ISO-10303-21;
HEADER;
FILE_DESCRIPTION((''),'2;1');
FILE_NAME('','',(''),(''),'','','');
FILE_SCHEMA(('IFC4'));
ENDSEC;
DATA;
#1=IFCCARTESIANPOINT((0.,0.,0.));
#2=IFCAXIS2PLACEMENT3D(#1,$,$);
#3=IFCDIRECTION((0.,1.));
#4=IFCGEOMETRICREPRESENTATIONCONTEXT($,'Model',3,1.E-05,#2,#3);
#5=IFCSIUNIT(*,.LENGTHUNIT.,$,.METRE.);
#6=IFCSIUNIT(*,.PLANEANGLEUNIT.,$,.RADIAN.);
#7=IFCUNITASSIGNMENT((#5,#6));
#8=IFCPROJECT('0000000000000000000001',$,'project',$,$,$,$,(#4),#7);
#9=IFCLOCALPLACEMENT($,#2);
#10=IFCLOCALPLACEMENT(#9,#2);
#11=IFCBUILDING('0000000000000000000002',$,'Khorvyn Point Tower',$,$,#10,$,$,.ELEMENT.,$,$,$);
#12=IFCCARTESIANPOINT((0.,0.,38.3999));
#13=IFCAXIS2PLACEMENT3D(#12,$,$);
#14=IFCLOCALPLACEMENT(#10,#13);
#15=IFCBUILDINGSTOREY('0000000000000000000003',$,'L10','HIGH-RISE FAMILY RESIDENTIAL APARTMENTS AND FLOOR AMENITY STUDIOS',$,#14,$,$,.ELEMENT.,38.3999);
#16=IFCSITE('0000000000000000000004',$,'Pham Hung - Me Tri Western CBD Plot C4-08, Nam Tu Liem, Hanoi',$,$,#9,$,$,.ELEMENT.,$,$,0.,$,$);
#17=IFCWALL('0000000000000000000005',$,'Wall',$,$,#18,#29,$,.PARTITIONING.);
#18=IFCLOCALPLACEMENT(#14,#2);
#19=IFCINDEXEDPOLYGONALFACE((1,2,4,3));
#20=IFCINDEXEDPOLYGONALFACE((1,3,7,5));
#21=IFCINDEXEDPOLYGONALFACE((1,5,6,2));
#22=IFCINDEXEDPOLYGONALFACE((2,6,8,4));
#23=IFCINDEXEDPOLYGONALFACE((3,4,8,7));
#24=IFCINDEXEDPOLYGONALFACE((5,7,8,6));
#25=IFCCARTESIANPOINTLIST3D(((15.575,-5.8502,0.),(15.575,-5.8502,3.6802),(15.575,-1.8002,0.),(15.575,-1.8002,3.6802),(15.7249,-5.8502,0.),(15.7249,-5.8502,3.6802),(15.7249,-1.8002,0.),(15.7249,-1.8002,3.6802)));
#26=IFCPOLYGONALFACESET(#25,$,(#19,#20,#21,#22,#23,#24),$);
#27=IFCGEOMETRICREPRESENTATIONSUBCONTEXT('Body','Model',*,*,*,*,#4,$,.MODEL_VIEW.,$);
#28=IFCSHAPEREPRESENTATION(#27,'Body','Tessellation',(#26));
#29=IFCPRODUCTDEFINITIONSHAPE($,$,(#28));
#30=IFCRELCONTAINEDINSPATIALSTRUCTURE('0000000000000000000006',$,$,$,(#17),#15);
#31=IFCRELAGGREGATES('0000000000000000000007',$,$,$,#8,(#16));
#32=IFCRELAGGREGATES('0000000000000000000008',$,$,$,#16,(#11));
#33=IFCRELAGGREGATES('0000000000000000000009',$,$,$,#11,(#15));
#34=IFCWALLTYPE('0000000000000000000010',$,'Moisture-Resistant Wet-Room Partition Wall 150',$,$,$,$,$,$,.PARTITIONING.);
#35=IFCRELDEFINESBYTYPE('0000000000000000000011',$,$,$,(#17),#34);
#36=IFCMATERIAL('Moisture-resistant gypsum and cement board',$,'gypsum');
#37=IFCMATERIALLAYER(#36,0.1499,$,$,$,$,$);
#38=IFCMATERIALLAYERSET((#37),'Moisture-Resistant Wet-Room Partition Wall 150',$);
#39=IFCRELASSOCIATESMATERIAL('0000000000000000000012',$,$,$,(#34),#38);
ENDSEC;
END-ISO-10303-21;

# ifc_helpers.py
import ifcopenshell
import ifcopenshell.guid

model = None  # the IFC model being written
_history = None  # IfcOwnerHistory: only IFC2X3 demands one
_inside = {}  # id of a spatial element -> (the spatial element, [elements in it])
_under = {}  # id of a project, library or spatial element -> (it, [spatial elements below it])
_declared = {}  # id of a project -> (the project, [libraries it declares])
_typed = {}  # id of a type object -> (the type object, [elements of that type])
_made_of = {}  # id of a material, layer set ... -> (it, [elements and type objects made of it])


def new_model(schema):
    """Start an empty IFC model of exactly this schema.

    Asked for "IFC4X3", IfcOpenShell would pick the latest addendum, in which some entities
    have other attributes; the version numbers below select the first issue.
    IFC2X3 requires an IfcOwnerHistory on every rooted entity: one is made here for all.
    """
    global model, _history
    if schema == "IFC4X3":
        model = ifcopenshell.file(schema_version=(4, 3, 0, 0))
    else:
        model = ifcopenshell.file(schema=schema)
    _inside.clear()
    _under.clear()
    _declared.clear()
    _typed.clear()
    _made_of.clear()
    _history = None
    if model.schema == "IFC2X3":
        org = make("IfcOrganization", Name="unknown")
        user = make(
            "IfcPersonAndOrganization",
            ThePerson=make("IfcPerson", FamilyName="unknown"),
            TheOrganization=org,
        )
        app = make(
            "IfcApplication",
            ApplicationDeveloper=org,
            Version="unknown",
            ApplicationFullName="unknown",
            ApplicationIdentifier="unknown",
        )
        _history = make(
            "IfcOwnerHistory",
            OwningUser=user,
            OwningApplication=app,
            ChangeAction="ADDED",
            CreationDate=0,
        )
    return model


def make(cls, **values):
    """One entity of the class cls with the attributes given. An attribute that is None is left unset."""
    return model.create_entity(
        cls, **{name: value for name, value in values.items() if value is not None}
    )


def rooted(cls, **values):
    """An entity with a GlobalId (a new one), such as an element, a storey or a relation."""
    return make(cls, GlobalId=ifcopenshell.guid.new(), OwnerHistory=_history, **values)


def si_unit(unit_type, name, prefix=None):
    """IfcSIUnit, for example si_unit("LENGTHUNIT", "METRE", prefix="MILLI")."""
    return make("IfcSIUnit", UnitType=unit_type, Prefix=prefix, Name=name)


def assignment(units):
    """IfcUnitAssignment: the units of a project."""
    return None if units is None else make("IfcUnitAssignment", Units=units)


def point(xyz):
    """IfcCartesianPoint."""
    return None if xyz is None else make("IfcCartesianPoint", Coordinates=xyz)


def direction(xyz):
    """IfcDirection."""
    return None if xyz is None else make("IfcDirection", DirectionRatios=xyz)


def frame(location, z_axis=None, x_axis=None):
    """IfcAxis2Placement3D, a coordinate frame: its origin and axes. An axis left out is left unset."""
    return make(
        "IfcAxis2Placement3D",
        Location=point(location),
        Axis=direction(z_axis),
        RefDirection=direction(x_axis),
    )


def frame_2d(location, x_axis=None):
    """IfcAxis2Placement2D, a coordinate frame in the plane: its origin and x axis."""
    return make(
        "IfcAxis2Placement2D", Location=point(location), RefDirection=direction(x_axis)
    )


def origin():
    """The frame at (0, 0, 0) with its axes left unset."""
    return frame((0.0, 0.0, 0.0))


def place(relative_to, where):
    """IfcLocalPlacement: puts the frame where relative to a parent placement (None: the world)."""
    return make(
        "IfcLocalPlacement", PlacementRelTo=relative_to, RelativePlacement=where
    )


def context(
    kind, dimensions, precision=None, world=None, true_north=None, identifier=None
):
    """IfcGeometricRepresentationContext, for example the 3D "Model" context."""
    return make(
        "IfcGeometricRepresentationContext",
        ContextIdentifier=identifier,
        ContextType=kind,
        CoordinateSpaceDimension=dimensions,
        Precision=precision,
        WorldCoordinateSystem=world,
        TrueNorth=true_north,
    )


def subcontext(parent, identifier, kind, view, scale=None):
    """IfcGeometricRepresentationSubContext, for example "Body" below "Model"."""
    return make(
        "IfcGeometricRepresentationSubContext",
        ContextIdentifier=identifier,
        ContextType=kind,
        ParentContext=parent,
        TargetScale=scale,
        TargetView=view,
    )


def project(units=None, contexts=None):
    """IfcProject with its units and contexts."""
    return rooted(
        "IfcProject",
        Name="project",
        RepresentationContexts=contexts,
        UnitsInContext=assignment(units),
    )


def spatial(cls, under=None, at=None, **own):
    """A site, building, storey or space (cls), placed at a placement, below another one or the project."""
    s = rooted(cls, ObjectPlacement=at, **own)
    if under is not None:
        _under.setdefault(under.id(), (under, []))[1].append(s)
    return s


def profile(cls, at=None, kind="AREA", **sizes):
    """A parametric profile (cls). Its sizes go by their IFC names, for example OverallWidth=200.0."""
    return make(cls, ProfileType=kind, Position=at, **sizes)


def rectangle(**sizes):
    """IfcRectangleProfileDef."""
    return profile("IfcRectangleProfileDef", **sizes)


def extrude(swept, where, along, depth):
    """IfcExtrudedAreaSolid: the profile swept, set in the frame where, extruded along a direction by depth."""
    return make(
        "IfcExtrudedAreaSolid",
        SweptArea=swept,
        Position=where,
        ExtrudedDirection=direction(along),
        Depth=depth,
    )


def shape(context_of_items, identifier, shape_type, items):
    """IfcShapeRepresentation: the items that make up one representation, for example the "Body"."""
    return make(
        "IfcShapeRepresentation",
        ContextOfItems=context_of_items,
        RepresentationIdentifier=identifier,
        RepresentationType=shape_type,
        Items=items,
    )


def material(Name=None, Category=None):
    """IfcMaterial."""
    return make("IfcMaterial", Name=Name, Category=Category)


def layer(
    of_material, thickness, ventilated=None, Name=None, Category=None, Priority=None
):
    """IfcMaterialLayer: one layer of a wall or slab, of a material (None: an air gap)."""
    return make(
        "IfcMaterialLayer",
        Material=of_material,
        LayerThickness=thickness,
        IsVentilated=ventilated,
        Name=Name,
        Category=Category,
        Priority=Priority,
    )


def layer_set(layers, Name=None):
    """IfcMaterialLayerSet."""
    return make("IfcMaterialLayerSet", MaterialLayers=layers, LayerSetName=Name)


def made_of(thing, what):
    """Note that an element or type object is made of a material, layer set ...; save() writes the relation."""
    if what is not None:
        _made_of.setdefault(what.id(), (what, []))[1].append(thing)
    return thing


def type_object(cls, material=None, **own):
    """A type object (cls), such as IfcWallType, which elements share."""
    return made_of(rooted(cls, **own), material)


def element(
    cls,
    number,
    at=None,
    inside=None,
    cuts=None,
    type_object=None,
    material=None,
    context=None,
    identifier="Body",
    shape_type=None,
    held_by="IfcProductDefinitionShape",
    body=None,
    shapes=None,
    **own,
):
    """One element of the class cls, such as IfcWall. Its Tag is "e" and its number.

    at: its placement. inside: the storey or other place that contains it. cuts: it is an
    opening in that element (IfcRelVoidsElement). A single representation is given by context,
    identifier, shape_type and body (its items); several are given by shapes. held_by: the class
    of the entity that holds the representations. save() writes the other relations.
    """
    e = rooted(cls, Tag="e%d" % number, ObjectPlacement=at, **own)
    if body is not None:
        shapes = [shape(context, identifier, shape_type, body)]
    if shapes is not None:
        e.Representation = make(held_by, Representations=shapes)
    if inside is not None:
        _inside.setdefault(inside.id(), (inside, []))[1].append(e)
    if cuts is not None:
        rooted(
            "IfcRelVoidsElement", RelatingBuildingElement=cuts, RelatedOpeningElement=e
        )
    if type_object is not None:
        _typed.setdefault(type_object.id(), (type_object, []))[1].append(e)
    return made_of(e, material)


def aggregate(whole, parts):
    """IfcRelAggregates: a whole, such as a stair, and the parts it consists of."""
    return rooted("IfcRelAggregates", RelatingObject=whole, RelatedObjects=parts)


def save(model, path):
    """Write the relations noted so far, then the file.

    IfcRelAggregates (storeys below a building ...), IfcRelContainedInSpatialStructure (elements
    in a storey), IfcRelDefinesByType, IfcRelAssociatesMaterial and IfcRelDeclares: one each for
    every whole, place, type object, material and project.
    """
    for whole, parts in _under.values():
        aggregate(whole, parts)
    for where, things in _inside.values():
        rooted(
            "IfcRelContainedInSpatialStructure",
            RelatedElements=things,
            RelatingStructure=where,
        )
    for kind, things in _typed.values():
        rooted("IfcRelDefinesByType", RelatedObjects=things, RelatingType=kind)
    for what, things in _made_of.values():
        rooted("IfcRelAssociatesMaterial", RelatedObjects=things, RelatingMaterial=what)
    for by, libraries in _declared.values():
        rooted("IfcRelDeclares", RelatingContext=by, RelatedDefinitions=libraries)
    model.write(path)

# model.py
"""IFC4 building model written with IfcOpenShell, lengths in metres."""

from ifc_helpers import new_model, si_unit, direction, frame, frame_2d, origin, place, context, subcontext, project, spatial, rectangle, extrude, material, layer, layer_set, type_object, element, save


model = new_model("IFC4")

# Units and contexts
model_context = context("Model", 3, precision=1e-05, world=origin(), true_north=direction((0.0, 1.0)))
body_context = subcontext(model_context, "Body", "Model", "MODEL_VIEW")
ifc_project = project(units=[si_unit("LENGTHUNIT", "METRE"), si_unit("PLANEANGLEUNIT", "RADIAN")], contexts=[model_context])

# Site, building, storey
site_placement = place(None, origin())
site = spatial("IfcSite", under=ifc_project, at=site_placement, Name="Pham Hung - Me Tri Western CBD Plot C4-08, Nam Tu Liem, Hanoi", CompositionType="ELEMENT", RefElevation=0.0)
building_placement = place(site_placement, origin())
building = spatial("IfcBuilding", under=site, at=building_placement, Name="Khorvyn Point Tower", CompositionType="ELEMENT")
storey_placement = place(building_placement, frame((0.0, 0.0, 38.3999)))
storey = spatial("IfcBuildingStorey", under=building, at=storey_placement, Name="L10", Description="HIGH-RISE FAMILY RESIDENTIAL APARTMENTS AND FLOOR AMENITY STUDIOS", CompositionType="ELEMENT", Elevation=38.3999)

# Shared definitions
ifc_material_1 = material(Name="Moisture-resistant gypsum and cement board", Category="gypsum")
ifc_layer_1 = layer(ifc_material_1, 0.1499)
ifc_layer_set_1 = layer_set([ifc_layer_1], Name="Moisture-Resistant Wet-Room Partition Wall 150")
wall_type_1 = type_object("IfcWallType", Name="Moisture-Resistant Wet-Room Partition Wall 150", PredefinedType="PARTITIONING", material=ifc_layer_set_1)

# Wall
wall_1_placement = place(storey_placement, frame((15.6499, -5.8501, 0.0), z_axis=(0.0, 0.0, 1.0), x_axis=(0.0, 1.0, 0.0)))
element("IfcWall", 1, at=wall_1_placement, inside=storey, type_object=wall_type_1, Name="Wall", PredefinedType="PARTITIONING", context=body_context, shape_type="SweptSolid", body=[
    extrude(rectangle(XDim=4.05, YDim=0.1499, at=frame_2d((2.0249, 0.0))), origin(), (0.0, 0.0, 1.0), 3.6802),
])

save(model, "model.ifc")
